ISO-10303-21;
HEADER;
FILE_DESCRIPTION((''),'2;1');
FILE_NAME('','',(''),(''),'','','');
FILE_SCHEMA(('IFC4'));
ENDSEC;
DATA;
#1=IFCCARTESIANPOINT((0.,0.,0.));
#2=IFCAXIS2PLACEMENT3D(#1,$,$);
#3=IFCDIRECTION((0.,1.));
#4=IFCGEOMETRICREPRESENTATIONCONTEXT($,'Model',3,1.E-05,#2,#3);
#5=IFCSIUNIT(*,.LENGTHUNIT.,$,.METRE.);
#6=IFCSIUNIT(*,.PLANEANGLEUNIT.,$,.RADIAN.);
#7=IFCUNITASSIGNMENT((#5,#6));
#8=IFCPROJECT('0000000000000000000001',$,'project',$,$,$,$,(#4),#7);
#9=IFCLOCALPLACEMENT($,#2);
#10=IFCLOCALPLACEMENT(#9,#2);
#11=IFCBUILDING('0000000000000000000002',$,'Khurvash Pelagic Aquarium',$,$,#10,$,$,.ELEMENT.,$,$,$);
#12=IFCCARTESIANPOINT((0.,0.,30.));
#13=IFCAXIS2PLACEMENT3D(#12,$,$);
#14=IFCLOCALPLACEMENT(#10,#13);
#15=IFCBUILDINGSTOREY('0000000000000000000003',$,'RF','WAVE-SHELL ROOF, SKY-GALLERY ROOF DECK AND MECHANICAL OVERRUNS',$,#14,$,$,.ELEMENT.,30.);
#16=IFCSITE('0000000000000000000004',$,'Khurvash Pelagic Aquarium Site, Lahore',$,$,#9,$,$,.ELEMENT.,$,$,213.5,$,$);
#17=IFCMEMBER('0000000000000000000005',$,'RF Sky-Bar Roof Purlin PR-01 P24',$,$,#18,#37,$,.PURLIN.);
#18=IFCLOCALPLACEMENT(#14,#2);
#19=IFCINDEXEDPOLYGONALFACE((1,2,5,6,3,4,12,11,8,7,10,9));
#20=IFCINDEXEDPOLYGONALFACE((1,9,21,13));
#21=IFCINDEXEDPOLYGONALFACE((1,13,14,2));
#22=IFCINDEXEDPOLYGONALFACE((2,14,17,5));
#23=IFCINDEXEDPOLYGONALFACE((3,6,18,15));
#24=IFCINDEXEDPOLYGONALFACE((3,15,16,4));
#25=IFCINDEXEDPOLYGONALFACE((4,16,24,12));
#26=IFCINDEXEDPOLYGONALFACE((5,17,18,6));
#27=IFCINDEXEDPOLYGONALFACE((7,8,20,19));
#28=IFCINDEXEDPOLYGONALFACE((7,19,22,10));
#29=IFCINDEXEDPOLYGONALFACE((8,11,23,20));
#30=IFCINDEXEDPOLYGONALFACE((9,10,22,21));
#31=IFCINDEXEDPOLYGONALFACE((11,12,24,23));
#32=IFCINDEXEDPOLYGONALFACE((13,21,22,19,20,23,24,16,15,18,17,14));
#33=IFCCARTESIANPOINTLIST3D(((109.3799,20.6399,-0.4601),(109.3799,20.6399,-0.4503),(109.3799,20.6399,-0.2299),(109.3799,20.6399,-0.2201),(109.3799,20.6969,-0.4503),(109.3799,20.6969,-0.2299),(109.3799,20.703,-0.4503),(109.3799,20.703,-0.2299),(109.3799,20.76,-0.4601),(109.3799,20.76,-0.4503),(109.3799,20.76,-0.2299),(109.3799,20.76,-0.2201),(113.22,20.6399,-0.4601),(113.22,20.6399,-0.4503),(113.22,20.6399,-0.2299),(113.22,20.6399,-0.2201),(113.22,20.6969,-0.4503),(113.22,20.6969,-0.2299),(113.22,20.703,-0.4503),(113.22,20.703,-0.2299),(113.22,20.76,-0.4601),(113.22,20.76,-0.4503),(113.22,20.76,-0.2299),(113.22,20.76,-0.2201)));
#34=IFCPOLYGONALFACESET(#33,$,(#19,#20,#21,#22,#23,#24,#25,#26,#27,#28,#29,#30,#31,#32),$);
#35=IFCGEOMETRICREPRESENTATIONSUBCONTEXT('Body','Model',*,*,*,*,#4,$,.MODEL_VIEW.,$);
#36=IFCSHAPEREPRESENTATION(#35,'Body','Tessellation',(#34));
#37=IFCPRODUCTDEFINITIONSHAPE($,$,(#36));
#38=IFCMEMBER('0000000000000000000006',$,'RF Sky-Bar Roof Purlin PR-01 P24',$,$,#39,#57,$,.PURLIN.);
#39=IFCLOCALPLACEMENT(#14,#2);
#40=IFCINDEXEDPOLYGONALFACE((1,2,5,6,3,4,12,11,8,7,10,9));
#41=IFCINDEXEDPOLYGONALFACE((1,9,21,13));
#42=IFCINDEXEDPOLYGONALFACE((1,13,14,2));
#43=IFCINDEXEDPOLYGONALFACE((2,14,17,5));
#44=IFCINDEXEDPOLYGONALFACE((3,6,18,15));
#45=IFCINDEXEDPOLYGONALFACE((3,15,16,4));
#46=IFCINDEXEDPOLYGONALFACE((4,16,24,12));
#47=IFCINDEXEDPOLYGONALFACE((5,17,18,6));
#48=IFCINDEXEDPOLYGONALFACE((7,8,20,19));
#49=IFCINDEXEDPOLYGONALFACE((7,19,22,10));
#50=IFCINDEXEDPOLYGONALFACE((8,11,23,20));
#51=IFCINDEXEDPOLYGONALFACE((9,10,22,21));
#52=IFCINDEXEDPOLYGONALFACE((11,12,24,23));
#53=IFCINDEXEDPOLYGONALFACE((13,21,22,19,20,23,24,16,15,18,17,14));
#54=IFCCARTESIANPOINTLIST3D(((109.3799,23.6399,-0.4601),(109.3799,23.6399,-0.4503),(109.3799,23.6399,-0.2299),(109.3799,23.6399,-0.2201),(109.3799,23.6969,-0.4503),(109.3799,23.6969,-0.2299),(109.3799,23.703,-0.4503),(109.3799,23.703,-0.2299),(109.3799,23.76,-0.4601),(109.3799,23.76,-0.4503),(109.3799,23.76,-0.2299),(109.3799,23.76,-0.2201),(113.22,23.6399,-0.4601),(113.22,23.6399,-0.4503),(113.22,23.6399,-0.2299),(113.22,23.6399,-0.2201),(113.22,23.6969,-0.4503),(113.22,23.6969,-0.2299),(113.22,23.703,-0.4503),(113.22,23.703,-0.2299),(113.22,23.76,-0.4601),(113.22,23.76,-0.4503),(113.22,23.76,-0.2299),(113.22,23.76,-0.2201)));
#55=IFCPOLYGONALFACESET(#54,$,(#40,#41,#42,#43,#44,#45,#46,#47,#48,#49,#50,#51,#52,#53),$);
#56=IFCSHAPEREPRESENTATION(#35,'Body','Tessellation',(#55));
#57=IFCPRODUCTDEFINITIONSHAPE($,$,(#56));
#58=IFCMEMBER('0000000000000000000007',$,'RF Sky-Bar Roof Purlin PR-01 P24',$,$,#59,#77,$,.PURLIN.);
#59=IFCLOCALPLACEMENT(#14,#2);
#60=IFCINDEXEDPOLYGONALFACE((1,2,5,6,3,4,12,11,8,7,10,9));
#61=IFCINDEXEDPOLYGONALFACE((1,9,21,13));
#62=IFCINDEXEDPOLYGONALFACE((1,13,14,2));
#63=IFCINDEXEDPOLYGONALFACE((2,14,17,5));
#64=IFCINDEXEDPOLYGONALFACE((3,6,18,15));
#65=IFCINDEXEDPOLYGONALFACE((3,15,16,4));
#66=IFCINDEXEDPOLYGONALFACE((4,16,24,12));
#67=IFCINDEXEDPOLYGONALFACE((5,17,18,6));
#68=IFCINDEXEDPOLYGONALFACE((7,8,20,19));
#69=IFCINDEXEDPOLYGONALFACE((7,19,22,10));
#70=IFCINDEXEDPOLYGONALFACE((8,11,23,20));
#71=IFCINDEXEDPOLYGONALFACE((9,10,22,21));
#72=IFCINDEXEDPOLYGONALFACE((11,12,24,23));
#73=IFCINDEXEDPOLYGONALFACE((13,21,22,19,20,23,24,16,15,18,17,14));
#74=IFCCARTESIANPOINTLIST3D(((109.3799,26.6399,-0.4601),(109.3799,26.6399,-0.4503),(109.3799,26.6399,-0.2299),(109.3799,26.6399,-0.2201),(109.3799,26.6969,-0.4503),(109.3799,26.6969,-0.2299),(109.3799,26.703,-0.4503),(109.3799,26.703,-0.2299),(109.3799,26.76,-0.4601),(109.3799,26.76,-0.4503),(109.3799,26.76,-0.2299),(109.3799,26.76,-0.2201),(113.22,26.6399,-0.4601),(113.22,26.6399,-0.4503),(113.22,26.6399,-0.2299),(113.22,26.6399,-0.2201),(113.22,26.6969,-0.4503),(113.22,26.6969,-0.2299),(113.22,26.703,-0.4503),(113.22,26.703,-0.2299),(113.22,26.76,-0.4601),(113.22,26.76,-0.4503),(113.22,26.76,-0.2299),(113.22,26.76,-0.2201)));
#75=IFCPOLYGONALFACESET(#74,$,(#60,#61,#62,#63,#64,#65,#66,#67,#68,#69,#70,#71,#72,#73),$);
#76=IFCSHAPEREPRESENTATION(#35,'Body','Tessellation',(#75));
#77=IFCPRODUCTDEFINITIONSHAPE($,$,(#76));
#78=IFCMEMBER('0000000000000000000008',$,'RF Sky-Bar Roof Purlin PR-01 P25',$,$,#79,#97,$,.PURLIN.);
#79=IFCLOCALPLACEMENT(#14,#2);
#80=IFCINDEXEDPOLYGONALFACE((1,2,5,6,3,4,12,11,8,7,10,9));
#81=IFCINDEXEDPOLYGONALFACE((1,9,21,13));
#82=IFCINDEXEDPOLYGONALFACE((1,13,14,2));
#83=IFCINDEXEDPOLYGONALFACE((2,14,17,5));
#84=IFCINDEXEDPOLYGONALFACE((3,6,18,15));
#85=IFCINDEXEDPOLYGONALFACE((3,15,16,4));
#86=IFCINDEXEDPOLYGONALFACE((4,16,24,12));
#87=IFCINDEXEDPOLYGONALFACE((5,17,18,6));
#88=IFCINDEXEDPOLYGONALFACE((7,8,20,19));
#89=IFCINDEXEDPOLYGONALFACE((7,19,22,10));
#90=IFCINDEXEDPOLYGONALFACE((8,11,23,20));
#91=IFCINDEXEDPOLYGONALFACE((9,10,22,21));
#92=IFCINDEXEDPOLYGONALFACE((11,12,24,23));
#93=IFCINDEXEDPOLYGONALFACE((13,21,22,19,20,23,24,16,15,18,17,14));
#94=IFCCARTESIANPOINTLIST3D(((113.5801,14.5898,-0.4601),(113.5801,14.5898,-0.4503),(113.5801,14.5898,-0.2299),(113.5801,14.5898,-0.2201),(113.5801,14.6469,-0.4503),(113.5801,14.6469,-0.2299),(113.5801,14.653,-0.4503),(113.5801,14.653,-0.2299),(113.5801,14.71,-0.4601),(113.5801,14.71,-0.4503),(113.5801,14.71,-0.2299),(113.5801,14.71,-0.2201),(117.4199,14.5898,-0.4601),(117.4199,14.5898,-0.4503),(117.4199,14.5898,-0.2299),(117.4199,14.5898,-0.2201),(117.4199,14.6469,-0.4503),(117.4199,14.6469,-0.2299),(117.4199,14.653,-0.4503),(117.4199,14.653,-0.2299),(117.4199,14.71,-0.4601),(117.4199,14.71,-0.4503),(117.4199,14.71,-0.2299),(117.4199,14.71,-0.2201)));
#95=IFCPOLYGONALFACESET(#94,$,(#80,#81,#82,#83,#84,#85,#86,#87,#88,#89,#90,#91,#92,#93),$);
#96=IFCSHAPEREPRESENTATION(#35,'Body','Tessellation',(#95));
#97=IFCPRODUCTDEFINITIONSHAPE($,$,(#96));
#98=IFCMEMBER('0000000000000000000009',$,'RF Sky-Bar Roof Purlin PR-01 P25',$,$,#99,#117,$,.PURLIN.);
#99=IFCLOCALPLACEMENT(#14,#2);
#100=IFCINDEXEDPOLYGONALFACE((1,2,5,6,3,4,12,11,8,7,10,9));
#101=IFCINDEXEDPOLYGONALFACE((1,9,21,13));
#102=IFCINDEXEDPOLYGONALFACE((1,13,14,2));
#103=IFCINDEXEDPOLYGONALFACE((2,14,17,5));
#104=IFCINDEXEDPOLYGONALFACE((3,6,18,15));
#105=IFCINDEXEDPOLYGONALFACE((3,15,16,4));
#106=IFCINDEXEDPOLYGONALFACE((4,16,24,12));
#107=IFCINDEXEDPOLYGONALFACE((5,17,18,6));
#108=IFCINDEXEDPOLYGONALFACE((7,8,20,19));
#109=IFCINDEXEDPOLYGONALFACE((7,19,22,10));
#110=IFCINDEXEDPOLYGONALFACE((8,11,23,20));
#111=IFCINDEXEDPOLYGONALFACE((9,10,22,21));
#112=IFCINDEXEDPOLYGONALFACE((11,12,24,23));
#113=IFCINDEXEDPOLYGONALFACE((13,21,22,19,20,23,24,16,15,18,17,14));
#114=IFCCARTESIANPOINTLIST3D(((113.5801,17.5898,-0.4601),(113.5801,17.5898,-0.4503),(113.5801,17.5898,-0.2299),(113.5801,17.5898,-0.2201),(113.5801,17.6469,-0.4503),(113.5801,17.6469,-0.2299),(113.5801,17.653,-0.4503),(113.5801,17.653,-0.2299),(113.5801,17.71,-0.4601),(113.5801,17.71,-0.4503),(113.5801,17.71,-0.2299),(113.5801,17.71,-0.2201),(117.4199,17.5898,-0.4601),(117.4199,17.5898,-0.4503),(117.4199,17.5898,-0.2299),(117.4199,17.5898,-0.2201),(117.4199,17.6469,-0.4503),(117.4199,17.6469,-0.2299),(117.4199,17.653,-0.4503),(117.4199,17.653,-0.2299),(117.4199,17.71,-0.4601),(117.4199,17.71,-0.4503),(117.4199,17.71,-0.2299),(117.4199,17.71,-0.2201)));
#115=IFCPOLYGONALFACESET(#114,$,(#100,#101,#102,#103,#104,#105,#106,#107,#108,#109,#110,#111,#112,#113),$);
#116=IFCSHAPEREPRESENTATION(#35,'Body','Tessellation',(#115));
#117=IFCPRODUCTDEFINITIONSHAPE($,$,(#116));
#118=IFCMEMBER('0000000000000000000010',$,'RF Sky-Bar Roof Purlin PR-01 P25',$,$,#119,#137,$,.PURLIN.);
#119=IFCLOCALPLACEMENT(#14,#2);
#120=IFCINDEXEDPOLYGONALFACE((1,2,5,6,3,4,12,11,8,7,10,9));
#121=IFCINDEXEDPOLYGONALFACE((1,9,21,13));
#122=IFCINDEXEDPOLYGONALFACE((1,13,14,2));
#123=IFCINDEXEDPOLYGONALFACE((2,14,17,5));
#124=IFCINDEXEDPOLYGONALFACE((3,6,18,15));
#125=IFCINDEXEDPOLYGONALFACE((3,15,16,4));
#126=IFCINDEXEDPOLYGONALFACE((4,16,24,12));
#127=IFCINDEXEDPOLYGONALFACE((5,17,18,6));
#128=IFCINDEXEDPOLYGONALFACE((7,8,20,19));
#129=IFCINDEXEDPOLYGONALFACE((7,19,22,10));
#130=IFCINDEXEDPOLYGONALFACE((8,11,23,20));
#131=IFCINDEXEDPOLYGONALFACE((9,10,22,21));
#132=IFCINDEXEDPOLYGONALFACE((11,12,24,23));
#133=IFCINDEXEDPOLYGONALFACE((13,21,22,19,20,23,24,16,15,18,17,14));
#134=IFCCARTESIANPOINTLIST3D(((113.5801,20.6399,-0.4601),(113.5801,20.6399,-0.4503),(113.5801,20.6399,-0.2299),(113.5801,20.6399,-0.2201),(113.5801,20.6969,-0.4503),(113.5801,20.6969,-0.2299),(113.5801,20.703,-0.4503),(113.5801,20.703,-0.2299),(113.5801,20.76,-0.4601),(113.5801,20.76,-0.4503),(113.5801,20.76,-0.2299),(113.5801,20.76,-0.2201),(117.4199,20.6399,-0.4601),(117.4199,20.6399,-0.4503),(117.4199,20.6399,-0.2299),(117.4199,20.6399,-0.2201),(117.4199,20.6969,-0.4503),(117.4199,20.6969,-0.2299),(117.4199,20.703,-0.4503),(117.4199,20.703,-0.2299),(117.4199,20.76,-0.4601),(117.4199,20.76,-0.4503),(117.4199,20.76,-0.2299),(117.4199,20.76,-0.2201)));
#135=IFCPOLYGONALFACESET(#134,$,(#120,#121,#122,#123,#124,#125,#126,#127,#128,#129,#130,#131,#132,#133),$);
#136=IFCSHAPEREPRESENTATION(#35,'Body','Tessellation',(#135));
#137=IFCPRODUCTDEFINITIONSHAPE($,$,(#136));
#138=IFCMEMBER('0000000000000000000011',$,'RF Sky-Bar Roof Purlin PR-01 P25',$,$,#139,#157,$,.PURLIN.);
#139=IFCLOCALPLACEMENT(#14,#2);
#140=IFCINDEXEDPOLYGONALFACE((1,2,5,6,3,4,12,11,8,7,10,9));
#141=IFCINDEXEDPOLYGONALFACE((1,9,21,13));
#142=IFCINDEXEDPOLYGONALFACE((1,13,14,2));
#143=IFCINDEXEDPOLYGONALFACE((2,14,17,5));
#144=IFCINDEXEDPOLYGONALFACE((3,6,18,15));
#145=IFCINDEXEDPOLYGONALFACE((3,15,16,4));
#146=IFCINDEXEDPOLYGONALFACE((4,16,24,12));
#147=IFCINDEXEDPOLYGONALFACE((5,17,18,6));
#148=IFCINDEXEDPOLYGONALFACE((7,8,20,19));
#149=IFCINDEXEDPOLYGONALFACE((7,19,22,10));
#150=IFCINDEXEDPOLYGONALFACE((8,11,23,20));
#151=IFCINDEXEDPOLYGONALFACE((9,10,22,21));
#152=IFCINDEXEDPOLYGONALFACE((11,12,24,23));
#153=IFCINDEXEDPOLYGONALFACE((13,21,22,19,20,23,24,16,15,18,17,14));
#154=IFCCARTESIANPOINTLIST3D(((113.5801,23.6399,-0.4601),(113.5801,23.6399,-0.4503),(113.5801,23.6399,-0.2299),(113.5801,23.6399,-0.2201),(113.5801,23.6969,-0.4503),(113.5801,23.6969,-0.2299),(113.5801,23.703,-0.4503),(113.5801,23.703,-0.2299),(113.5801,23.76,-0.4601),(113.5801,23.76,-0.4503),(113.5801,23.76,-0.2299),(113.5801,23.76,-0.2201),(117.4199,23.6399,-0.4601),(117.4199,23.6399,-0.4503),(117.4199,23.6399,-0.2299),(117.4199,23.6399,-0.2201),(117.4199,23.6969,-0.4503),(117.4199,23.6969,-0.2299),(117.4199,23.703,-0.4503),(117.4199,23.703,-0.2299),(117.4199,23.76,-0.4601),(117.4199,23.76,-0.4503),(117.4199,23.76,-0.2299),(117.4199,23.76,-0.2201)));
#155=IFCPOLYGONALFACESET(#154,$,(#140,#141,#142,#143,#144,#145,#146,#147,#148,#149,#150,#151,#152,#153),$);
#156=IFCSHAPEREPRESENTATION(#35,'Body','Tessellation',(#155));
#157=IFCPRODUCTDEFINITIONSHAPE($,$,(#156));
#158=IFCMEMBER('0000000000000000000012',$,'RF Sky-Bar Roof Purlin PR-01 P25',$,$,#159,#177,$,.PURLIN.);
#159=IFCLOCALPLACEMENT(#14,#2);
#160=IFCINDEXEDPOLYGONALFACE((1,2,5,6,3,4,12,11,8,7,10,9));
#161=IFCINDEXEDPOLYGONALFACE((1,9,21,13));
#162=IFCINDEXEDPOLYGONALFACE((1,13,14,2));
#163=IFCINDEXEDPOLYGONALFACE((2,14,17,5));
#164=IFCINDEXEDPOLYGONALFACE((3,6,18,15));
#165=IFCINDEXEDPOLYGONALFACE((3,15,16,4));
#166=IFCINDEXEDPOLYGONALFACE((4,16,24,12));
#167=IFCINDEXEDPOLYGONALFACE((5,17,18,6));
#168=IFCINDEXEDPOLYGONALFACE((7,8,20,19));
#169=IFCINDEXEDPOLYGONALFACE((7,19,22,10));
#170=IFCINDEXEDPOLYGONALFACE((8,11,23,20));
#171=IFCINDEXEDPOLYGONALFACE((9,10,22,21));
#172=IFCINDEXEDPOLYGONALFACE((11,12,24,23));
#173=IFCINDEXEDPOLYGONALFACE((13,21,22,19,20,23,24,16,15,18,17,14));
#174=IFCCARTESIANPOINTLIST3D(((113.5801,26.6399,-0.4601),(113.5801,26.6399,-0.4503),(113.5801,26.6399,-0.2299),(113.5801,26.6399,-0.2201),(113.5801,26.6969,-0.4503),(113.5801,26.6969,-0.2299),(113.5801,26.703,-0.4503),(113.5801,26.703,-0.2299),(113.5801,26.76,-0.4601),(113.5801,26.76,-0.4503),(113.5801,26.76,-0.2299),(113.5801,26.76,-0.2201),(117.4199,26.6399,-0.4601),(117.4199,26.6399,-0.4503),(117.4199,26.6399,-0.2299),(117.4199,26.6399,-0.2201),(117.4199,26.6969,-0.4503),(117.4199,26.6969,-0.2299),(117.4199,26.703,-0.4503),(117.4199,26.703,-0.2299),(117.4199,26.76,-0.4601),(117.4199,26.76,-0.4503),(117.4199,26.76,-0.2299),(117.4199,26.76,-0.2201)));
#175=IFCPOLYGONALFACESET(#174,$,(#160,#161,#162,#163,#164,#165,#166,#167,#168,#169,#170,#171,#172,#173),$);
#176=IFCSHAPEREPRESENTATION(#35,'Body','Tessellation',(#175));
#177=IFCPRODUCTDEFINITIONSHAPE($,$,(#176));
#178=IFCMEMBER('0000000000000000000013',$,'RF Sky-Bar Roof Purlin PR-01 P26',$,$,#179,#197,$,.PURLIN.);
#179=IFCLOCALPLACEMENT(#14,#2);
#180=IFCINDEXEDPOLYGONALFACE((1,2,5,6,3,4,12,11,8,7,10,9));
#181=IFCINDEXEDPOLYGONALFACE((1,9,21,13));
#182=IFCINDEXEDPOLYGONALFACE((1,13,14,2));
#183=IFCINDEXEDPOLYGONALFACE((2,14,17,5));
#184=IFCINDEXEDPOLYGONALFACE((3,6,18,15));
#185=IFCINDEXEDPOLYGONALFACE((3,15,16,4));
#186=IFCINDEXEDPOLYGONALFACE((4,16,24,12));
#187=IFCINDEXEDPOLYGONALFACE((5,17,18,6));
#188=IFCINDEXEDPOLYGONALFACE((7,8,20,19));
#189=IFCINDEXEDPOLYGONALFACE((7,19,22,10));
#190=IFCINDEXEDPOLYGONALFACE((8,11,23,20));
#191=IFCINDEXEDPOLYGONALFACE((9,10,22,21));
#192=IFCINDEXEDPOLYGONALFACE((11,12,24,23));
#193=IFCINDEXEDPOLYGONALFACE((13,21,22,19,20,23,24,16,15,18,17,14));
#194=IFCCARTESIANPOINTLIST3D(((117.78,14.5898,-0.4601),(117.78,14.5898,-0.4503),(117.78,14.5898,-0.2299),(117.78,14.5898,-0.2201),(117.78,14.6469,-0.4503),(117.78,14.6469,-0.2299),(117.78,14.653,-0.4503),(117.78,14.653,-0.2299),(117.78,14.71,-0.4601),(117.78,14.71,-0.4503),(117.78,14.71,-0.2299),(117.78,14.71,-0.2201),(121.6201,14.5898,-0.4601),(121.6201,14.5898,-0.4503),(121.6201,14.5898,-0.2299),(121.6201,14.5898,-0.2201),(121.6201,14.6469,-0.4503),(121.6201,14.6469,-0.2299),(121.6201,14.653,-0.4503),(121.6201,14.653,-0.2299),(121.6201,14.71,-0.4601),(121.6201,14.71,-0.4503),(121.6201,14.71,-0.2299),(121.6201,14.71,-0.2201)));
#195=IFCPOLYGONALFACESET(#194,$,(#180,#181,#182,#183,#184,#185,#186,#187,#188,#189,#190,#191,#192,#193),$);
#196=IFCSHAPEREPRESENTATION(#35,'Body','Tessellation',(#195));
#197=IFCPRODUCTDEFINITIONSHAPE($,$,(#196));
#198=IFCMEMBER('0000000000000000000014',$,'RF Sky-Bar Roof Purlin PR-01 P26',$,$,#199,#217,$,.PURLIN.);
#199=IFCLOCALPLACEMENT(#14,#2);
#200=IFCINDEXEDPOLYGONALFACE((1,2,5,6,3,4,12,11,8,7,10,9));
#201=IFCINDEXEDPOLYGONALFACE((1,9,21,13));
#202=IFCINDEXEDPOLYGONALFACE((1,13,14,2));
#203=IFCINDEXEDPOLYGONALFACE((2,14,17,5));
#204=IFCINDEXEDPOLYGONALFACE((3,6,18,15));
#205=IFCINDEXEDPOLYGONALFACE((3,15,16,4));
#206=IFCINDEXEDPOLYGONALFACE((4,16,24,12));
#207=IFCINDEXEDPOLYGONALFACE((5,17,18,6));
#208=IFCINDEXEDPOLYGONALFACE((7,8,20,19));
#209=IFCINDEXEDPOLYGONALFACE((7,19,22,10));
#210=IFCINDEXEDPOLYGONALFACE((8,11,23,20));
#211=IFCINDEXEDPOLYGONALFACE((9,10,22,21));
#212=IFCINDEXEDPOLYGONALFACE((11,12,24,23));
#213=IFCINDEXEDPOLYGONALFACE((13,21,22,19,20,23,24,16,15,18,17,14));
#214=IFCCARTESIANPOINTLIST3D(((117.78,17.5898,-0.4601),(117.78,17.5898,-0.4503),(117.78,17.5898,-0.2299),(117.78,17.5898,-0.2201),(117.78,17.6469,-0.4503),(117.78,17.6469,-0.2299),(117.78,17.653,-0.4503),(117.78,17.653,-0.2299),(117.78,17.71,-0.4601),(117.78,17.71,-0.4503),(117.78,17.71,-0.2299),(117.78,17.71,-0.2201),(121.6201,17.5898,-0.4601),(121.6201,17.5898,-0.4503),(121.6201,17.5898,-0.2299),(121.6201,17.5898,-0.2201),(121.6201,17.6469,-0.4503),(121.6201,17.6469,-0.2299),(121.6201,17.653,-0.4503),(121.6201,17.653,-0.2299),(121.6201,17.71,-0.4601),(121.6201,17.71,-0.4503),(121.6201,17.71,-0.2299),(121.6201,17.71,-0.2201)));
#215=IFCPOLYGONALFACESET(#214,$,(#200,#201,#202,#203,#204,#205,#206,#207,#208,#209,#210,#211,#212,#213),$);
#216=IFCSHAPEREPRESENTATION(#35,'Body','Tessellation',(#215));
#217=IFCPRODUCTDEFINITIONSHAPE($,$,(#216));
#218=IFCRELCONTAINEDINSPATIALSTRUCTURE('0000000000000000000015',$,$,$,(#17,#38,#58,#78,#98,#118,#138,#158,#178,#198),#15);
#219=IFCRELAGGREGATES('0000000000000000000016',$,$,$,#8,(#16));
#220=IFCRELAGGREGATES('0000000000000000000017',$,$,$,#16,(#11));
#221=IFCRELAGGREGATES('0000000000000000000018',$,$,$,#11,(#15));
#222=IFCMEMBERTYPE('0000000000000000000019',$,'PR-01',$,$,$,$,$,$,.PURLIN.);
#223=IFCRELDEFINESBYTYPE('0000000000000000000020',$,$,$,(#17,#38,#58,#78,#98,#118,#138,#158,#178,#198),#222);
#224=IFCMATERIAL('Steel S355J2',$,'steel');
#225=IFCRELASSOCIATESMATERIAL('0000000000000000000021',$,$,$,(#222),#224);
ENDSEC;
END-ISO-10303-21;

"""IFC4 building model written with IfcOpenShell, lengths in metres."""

from ifc_helpers import new_model, si_unit, direction, frame, origin, origin_2d, place, context, subcontext, project, spatial, i_section, extrude, material, material_profile, profile_set, type_object, element, save


model = new_model("IFC4")

# Units and contexts
model_context = context("Model", 3, precision=1e-05, world=origin(), true_north=direction((0.0, 1.0)))
body_context = subcontext(model_context, "Body", "Model", "MODEL_VIEW")
ifc_project = project(units=[si_unit("LENGTHUNIT", "METRE"), si_unit("PLANEANGLEUNIT", "RADIAN")], contexts=[model_context])

# Site, building, storey
site_placement = place(None, origin())
site = spatial("IfcSite", under=ifc_project, at=site_placement, Name="Khurvash Pelagic Aquarium Site, Lahore", CompositionType="ELEMENT", RefElevation=213.5)
building_placement = place(site_placement, origin())
building = spatial("IfcBuilding", under=site, at=building_placement, Name="Khurvash Pelagic Aquarium", CompositionType="ELEMENT")
storey_placement = place(building_placement, frame((0.0, 0.0, 30.0)))
storey = spatial("IfcBuildingStorey", under=building, at=storey_placement, Name="RF", Description="WAVE-SHELL ROOF, SKY-GALLERY ROOF DECK AND MECHANICAL OVERRUNS", CompositionType="ELEMENT", Elevation=30.0)

# Members
ifc_material_1 = material(Name="Steel S355J2", Category="steel")
ifc_material_profile_1 = material_profile(ifc_material_1, i_section(OverallWidth=0.1201, OverallDepth=0.24, WebThickness=0.0061, FlangeThickness=0.0098, at=origin_2d()), Name="IPE240")
ifc_profile_set_1 = profile_set([ifc_material_profile_1], Name="Steel S355J2")
member_type = type_object("IfcMemberType", Name="PR-01", PredefinedType="PURLIN", material=ifc_profile_set_1)
for number, where, z_axis, x_axis, name in (
    (1, (109.3799, 20.7, -0.3401), (1.0, 0.0, 0.0), (0.0, 1.0, 0.0), "RF Sky-Bar Roof Purlin PR-01 P24"),
    (2, (109.3799, 23.7, -0.3401), (1.0, 0.0, 0.0), (0.0, 1.0, 0.0), "RF Sky-Bar Roof Purlin PR-01 P24"),
    (3, (109.3799, 26.7, -0.3401), (1.0, 0.0, 0.0), (0.0, 1.0, 0.0), "RF Sky-Bar Roof Purlin PR-01 P24"),
):
    element("IfcMember", number, at=place(storey_placement, frame(where, z_axis=z_axis, x_axis=x_axis)), inside=storey, type_object=member_type, Name=name, PredefinedType="PURLIN", context=body_context, shape_type="SweptSolid", body=[
        extrude(i_section(OverallWidth=0.1201, OverallDepth=0.24, WebThickness=0.0061, FlangeThickness=0.0098, at=origin_2d()), origin(), (0.0, 0.0, 1.0), 3.8401),
    ])
for number, where, z_axis, x_axis, name in (
    (4, (113.5801, 14.6499, -0.3401), (1.0, 0.0, 0.0), (0.0, 1.0, 0.0), "RF Sky-Bar Roof Purlin PR-01 P25"),
    (5, (113.5801, 17.6499, -0.3401), (1.0, 0.0, 0.0), (0.0, 1.0, 0.0), "RF Sky-Bar Roof Purlin PR-01 P25"),
    (6, (113.5801, 20.7, -0.3401), (1.0, 0.0, 0.0), (0.0, 1.0, 0.0), "RF Sky-Bar Roof Purlin PR-01 P25"),
    (7, (113.5801, 23.7, -0.3401), (1.0, 0.0, 0.0), (0.0, 1.0, 0.0), "RF Sky-Bar Roof Purlin PR-01 P25"),
    (8, (113.5801, 26.7, -0.3401), (1.0, 0.0, 0.0), (0.0, 1.0, 0.0), "RF Sky-Bar Roof Purlin PR-01 P25"),
):
    element("IfcMember", number, at=place(storey_placement, frame(where, z_axis=z_axis, x_axis=x_axis)), inside=storey, type_object=member_type, Name=name, PredefinedType="PURLIN", context=body_context, shape_type="SweptSolid", body=[
        extrude(i_section(OverallWidth=0.1201, OverallDepth=0.24, WebThickness=0.0061, FlangeThickness=0.0098, at=origin_2d()), origin(), (0.0, 0.0, 1.0), 3.8398),
    ])
for number, where, z_axis, x_axis, name in (
    (9, (117.78, 14.6499, -0.3401), (1.0, 0.0, 0.0), (0.0, 1.0, 0.0), "RF Sky-Bar Roof Purlin PR-01 P26"),
    (10, (117.78, 17.6499, -0.3401), (1.0, 0.0, 0.0), (0.0, 1.0, 0.0), "RF Sky-Bar Roof Purlin PR-01 P26"),
):
    element("IfcMember", number, at=place(storey_placement, frame(where, z_axis=z_axis, x_axis=x_axis)), inside=storey, type_object=member_type, Name=name, PredefinedType="PURLIN", context=body_context, shape_type="SweptSolid", body=[
        extrude(i_section(OverallWidth=0.1201, OverallDepth=0.24, WebThickness=0.0061, FlangeThickness=0.0098, at=origin_2d()), origin(), (0.0, 0.0, 1.0), 3.8401),
    ])

save(model, "model.ifc")
